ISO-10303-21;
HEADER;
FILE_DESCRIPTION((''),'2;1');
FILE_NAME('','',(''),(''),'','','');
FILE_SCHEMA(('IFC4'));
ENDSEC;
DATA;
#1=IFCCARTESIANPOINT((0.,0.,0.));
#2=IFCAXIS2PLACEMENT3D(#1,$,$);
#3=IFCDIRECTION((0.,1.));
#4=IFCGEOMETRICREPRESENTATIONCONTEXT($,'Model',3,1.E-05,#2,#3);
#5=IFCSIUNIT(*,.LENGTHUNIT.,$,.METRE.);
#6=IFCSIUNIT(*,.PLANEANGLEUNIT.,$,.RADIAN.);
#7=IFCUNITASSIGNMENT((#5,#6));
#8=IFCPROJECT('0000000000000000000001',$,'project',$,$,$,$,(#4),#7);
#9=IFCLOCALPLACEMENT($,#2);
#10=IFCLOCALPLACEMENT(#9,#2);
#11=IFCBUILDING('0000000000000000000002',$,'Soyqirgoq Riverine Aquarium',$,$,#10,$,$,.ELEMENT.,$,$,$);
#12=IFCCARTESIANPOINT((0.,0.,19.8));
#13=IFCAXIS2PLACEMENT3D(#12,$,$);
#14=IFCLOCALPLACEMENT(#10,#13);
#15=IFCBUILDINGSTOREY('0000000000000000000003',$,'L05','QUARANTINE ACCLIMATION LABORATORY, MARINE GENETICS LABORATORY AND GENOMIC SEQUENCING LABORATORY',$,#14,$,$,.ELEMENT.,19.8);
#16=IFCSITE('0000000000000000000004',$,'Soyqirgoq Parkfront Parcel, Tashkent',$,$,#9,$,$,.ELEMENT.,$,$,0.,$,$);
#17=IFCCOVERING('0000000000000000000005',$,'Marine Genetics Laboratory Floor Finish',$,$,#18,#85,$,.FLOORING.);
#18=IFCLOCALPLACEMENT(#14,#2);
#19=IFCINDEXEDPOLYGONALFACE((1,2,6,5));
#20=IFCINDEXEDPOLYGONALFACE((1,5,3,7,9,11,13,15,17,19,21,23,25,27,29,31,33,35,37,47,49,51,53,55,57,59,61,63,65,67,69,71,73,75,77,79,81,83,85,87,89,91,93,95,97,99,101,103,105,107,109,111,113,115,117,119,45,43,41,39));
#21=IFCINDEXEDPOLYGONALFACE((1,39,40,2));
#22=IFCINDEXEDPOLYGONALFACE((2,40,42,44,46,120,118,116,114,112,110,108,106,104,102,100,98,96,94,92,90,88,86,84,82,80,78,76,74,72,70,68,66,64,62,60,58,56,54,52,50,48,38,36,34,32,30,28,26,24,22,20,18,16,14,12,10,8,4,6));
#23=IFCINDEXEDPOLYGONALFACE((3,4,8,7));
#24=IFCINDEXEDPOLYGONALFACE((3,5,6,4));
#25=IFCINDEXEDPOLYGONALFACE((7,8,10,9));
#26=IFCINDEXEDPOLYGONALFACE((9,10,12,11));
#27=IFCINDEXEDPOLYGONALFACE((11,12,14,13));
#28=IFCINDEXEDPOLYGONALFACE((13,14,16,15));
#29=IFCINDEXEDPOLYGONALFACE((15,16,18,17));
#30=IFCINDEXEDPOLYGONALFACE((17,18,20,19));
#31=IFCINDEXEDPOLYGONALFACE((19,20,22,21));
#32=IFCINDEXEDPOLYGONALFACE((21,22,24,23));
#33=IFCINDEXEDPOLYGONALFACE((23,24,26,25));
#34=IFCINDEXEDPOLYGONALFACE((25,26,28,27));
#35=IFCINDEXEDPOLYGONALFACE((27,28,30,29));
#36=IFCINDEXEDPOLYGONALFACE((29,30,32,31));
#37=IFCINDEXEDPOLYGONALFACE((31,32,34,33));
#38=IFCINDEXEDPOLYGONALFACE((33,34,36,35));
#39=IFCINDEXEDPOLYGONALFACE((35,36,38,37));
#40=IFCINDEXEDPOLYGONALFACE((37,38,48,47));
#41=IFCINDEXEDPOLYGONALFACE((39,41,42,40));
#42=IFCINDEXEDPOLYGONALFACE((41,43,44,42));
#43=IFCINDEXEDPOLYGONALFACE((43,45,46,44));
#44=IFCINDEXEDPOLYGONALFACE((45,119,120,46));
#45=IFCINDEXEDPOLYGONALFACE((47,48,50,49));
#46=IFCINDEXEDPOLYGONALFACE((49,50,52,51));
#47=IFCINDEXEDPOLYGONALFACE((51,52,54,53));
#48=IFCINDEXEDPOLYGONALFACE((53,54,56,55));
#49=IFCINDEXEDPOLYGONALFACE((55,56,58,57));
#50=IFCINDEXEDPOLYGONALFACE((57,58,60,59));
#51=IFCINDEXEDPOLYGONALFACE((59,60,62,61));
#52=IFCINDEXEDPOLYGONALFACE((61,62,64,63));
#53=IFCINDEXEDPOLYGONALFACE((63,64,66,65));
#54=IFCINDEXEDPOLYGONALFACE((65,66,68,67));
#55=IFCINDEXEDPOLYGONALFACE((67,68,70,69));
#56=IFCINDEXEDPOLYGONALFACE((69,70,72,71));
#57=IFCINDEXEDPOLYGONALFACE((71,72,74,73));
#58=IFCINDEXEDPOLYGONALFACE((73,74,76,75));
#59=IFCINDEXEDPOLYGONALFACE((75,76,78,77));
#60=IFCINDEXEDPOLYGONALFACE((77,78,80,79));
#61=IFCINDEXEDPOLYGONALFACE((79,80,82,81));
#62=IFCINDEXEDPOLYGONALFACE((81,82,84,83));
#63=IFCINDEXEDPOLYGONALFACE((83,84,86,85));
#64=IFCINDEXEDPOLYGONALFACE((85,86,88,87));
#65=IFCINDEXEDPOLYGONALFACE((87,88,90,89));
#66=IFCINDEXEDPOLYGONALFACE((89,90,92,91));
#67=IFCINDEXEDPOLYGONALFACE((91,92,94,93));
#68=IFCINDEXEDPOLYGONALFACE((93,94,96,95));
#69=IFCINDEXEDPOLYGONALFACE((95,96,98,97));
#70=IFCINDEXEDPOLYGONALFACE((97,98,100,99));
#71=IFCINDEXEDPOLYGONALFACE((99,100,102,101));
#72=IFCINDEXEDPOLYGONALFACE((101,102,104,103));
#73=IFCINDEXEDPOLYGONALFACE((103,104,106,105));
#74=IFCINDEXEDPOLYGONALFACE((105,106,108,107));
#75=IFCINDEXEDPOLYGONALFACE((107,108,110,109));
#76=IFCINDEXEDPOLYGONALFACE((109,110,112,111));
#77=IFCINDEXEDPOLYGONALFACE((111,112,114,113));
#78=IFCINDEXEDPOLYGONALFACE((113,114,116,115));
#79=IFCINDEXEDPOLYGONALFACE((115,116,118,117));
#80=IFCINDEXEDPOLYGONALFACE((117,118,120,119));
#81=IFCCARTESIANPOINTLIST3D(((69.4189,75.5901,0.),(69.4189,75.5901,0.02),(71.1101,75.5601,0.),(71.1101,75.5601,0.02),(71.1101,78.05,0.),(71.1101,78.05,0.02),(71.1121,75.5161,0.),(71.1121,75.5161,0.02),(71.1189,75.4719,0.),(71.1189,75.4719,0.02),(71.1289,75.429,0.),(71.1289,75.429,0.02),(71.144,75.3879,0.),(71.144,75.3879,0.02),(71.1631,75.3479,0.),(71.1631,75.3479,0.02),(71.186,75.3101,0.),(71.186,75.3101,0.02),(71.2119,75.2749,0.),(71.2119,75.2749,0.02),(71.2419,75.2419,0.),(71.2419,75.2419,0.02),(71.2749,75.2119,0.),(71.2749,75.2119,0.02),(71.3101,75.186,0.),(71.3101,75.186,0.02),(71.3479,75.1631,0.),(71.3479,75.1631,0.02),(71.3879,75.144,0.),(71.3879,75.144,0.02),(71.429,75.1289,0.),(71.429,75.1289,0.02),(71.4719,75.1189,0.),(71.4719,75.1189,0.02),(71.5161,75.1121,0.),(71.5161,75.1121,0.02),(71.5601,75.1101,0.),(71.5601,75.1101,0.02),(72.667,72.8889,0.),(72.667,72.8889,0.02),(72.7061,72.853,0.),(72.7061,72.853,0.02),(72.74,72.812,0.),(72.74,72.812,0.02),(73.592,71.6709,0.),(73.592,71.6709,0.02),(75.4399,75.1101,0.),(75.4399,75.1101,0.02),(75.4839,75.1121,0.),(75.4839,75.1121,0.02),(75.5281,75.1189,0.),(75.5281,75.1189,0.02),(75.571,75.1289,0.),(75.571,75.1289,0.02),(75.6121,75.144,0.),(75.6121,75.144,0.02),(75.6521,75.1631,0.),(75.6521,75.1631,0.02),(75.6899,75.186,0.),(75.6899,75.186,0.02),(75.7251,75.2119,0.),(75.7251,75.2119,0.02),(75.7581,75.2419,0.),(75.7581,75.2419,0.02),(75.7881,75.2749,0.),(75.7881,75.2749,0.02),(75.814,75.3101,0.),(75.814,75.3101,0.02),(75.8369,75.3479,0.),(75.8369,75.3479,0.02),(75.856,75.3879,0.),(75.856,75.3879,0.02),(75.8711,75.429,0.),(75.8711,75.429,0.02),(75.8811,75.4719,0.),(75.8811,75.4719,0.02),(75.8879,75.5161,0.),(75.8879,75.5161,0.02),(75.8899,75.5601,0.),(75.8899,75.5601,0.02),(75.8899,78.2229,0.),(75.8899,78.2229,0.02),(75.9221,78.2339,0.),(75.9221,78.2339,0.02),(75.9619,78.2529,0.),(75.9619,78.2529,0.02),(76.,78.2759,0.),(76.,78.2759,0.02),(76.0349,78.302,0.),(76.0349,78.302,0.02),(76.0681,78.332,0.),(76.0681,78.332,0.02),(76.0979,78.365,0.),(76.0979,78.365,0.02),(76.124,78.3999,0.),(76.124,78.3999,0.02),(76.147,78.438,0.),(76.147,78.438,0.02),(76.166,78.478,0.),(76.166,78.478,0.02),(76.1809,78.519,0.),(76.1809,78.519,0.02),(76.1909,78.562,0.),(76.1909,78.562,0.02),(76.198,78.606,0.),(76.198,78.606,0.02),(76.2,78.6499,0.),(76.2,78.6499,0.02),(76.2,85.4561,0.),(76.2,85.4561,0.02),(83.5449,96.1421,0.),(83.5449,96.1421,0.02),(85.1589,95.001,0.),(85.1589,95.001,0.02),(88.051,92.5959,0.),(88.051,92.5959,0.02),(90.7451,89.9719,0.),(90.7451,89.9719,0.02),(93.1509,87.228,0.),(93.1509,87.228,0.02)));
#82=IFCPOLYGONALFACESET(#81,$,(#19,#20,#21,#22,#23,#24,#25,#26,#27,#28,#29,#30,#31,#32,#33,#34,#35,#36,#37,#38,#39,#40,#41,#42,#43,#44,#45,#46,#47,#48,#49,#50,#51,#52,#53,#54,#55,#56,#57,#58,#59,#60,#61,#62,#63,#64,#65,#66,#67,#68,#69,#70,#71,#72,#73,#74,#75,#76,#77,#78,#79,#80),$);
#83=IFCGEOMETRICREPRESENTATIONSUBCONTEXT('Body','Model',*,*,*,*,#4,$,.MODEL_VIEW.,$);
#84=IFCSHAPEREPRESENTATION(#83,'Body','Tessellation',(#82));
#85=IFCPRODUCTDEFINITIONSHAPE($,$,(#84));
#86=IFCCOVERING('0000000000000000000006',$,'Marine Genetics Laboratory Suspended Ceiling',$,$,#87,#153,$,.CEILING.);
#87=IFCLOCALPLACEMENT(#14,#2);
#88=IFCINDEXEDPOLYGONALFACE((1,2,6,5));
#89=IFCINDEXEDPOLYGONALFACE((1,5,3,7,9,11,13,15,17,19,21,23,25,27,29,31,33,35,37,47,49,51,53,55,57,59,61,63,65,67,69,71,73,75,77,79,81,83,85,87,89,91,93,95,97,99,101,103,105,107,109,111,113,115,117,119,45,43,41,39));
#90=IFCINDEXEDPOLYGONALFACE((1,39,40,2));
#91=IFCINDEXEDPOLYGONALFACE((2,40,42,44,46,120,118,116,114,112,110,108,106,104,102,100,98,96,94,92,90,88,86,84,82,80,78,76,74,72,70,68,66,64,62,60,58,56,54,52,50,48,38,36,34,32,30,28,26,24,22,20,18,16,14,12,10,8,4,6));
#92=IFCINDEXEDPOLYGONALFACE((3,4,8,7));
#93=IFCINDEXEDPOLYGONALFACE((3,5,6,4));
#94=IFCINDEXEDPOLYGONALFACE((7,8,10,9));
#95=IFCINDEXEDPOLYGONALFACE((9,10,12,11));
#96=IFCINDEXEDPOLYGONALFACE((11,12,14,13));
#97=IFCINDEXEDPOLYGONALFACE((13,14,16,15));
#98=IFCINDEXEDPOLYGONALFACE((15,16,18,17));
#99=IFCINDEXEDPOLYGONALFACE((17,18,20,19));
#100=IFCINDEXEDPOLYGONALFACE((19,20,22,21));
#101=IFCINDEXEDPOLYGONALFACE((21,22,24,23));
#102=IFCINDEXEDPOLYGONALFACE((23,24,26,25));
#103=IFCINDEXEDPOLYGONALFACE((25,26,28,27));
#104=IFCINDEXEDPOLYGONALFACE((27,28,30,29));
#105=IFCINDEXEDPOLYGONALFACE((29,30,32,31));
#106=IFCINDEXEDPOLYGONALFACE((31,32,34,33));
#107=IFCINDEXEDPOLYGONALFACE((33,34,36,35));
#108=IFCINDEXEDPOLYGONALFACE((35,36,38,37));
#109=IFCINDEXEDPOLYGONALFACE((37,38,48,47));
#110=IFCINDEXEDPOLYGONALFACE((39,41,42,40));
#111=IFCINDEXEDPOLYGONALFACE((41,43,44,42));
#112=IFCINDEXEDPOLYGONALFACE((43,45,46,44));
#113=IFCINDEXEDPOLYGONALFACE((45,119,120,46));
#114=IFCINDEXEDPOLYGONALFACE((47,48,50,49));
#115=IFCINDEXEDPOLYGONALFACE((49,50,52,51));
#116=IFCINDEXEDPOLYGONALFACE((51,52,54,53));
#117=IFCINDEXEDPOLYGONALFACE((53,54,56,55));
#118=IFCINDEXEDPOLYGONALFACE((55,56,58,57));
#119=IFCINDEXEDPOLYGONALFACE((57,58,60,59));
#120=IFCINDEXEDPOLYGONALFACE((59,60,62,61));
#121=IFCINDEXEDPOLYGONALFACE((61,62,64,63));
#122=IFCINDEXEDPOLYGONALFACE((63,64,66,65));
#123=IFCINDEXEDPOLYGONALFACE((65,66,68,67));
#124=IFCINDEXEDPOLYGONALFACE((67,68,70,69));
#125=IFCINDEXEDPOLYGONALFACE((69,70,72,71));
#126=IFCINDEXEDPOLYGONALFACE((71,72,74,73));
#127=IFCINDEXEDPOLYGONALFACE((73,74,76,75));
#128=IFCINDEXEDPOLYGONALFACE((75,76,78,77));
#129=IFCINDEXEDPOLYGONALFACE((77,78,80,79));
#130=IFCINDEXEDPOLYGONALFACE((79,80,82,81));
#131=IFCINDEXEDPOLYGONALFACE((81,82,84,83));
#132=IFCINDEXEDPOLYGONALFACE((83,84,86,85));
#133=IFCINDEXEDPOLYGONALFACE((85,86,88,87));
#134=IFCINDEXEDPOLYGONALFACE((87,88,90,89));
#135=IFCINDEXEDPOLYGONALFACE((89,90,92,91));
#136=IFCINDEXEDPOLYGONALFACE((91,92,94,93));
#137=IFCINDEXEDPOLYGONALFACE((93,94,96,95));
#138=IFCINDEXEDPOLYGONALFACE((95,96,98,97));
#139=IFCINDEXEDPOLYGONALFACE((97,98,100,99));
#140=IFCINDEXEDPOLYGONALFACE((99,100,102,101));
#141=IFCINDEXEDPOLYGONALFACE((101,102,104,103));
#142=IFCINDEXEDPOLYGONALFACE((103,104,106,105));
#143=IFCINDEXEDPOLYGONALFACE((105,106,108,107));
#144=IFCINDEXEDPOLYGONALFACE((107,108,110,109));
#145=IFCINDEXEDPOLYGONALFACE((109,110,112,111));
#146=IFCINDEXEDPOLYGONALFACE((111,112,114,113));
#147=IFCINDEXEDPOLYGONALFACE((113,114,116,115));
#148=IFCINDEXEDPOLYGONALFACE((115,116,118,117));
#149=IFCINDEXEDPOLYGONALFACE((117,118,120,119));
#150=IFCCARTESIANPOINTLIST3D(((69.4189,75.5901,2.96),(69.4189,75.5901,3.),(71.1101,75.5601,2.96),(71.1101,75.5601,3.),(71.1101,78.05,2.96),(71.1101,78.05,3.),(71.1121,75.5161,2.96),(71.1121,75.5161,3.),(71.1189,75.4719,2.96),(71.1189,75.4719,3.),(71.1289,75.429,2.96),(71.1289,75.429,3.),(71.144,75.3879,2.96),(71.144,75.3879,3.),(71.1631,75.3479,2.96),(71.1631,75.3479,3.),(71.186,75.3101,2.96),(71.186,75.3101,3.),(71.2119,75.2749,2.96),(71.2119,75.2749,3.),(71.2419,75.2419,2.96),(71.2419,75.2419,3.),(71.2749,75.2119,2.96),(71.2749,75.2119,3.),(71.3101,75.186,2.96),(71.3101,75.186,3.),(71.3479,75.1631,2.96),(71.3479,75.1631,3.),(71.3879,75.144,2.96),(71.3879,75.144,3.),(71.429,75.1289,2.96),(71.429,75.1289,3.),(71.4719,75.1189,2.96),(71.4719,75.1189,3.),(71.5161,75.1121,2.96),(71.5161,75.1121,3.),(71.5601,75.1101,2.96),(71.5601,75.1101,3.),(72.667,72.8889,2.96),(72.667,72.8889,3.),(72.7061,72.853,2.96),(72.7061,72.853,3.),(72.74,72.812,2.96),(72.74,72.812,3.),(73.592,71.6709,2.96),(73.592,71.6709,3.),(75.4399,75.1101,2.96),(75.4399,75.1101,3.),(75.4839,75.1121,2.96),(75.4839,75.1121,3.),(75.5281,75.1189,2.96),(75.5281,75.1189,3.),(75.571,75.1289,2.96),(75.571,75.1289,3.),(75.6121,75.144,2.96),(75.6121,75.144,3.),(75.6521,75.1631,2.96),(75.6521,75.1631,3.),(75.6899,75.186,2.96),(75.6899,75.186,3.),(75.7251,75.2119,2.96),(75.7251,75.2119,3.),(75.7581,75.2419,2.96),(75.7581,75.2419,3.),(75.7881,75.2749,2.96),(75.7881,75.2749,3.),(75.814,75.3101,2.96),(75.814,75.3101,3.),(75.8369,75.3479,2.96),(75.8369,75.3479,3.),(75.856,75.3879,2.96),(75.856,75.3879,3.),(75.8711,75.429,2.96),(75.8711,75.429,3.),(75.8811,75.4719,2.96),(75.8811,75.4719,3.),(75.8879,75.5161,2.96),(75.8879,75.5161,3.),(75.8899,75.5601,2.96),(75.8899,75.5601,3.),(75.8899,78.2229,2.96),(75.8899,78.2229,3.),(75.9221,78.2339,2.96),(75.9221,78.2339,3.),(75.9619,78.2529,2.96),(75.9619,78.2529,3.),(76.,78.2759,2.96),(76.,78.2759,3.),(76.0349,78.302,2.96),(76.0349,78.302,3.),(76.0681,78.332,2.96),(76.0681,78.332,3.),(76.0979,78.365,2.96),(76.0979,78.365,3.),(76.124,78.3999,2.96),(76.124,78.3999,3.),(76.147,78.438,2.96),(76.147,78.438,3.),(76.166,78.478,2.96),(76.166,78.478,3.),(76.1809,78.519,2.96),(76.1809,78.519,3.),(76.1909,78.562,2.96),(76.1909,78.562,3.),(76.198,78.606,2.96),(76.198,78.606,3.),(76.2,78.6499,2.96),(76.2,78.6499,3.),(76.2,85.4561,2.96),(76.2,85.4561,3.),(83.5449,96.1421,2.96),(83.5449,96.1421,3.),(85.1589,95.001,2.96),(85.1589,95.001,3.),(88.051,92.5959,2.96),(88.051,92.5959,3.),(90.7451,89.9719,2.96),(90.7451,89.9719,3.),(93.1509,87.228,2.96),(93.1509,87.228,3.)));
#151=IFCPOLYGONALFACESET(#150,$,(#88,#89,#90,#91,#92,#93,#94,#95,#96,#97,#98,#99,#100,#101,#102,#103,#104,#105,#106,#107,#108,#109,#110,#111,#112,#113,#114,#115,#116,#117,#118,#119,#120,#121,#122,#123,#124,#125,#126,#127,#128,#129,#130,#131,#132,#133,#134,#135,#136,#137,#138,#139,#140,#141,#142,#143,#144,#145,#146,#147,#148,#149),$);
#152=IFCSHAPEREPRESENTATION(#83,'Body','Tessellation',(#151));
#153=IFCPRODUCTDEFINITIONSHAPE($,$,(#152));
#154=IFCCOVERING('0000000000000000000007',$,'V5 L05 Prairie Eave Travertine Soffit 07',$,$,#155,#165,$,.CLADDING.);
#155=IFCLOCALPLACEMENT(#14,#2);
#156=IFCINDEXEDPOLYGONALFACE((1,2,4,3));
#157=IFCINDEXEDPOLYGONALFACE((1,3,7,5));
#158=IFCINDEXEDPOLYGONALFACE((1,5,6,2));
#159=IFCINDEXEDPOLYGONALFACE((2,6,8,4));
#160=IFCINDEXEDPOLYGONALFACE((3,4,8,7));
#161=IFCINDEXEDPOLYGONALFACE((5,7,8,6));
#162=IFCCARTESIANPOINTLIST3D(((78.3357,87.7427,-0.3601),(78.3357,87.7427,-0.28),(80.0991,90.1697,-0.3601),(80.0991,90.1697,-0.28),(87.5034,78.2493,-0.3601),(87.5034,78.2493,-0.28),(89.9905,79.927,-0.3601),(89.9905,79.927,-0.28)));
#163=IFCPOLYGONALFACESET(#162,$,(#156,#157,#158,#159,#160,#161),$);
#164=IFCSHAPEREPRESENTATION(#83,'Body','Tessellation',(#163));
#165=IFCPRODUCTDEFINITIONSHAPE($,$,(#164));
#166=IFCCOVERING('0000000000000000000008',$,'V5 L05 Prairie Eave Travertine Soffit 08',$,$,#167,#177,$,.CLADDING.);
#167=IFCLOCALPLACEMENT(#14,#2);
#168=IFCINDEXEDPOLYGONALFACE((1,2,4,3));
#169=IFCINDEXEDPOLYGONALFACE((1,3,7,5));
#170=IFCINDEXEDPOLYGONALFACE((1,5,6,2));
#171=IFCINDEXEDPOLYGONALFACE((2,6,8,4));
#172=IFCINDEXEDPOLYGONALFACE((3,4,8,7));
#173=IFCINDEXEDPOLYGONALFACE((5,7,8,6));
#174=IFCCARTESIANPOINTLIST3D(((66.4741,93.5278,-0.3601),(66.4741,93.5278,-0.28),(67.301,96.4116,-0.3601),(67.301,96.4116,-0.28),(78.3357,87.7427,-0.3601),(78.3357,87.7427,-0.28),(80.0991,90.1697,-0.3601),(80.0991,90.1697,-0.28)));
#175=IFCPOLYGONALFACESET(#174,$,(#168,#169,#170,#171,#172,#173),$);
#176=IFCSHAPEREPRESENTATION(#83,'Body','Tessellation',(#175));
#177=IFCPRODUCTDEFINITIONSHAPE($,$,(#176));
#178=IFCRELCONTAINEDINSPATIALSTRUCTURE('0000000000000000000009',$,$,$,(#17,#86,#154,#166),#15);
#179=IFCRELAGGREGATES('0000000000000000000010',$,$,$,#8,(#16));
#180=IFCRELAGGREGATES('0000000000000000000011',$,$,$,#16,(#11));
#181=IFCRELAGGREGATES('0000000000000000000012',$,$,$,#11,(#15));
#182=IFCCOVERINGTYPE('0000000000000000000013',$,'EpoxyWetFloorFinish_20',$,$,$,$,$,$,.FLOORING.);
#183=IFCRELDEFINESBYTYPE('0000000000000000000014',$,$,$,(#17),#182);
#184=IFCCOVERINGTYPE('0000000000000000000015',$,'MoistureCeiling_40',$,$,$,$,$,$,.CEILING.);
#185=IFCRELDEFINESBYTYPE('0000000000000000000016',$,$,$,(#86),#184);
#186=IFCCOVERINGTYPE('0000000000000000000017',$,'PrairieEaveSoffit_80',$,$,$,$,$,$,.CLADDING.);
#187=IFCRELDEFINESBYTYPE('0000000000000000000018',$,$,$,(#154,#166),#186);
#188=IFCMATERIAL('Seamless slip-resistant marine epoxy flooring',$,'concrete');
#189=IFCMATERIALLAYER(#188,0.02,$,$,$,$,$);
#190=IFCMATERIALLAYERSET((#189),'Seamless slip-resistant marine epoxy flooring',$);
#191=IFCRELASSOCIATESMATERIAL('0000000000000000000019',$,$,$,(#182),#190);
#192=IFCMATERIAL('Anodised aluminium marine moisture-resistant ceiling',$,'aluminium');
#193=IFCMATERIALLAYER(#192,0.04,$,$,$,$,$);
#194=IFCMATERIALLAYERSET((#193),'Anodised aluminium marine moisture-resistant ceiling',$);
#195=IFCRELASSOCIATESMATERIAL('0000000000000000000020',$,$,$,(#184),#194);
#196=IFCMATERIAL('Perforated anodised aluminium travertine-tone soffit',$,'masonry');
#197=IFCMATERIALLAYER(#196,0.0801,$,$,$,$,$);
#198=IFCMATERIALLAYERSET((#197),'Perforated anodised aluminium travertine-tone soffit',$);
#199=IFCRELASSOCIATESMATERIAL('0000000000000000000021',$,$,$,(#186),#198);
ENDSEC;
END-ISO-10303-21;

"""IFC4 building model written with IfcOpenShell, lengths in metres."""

from ifc_helpers import new_model, si_unit, direction, frame, origin, place, context, subcontext, project, spatial, polyline, outline, extrude, material, layer, layer_set, type_object, element, save


model = new_model("IFC4")

# Units and contexts
model_context = context("Model", 3, precision=1e-05, world=origin(), true_north=direction((0.0, 1.0)))
body_context = subcontext(model_context, "Body", "Model", "MODEL_VIEW")
ifc_project = project(units=[si_unit("LENGTHUNIT", "METRE"), si_unit("PLANEANGLEUNIT", "RADIAN")], contexts=[model_context])

# Site, building, storey
site_placement = place(None, origin())
site = spatial("IfcSite", under=ifc_project, at=site_placement, Name="Soyqirgoq Parkfront Parcel, Tashkent", CompositionType="ELEMENT", RefElevation=0.0)
building_placement = place(site_placement, origin())
building = spatial("IfcBuilding", under=site, at=building_placement, Name="Soyqirgoq Riverine Aquarium", CompositionType="ELEMENT")
storey_placement = place(building_placement, frame((0.0, 0.0, 19.8)))
storey = spatial("IfcBuildingStorey", under=building, at=storey_placement, Name="L05", Description="QUARANTINE ACCLIMATION LABORATORY, MARINE GENETICS LABORATORY AND GENOMIC SEQUENCING LABORATORY", CompositionType="ELEMENT", Elevation=19.8)

# Coverings
ifc_material_1 = material(Name="Seamless slip-resistant marine epoxy flooring", Category="concrete")
ifc_layer_1 = layer(ifc_material_1, 0.02)
ifc_layer_set_1 = layer_set([ifc_layer_1], Name="Seamless slip-resistant marine epoxy flooring")
covering_type_1 = type_object("IfcCoveringType", Name="EpoxyWetFloorFinish_20", PredefinedType="FLOORING", material=ifc_layer_set_1)
covering_1_placement = place(storey_placement, origin())
element("IfcCovering", 1, at=covering_1_placement, inside=storey, type_object=covering_type_1, Name="Marine Genetics Laboratory Floor Finish", PredefinedType="FLOORING", context=body_context, shape_type="SweptSolid", body=[
    extrude(outline(polyline([(71.1101, 75.5601), (71.1121, 75.5161), (71.1189, 75.4719), (71.1289, 75.429), (71.144, 75.3879), (71.1631, 75.3479), (71.186, 75.3101), (71.2119, 75.2749), (71.2419, 75.2419), (71.2749, 75.2119), (71.3101, 75.186), (71.3479, 75.1631), (71.3879, 75.144), (71.429, 75.1289), (71.4719, 75.1189), (71.5161, 75.1121), (71.5601, 75.1101), (75.4399, 75.1101), (75.4839, 75.1121), (75.5281, 75.1189), (75.571, 75.1289), (75.6121, 75.144), (75.6521, 75.1631), (75.6899, 75.186), (75.7251, 75.2119), (75.7581, 75.2419), (75.7881, 75.2749), (75.814, 75.3101), (75.8369, 75.3479), (75.856, 75.3879), (75.8711, 75.429), (75.8811, 75.4719), (75.8879, 75.5161), (75.8899, 75.5601), (75.8899, 78.2229), (75.9221, 78.2339), (75.9619, 78.2529), (76.0, 78.2759), (76.0349, 78.302), (76.0681, 78.332), (76.0979, 78.365), (76.124, 78.3999), (76.147, 78.438), (76.166, 78.478), (76.1809, 78.519), (76.1909, 78.562), (76.198, 78.606), (76.2, 78.6499), (76.2, 85.4561), (83.5449, 96.1421), (85.1589, 95.001), (88.051, 92.5959), (90.7451, 89.9719), (93.1509, 87.228), (73.592, 71.6709), (72.74, 72.812), (72.7061, 72.853), (72.667, 72.8889), (69.4189, 75.5901), (71.1101, 78.05), (71.1101, 75.5601)])), origin(), (0.0, 0.0, 1.0), 0.02),
])
ifc_material_2 = material(Name="Anodised aluminium marine moisture-resistant ceiling", Category="aluminium")
ifc_layer_2 = layer(ifc_material_2, 0.04)
ifc_layer_set_2 = layer_set([ifc_layer_2], Name="Anodised aluminium marine moisture-resistant ceiling")
covering_type_2 = type_object("IfcCoveringType", Name="MoistureCeiling_40", PredefinedType="CEILING", material=ifc_layer_set_2)
covering_2_placement = place(storey_placement, frame((0.0, 0.0, 2.96)))
element("IfcCovering", 2, at=covering_2_placement, inside=storey, type_object=covering_type_2, Name="Marine Genetics Laboratory Suspended Ceiling", PredefinedType="CEILING", context=body_context, shape_type="SweptSolid", body=[
    extrude(outline(polyline([(71.1101, 75.5601), (71.1121, 75.5161), (71.1189, 75.4719), (71.1289, 75.429), (71.144, 75.3879), (71.1631, 75.3479), (71.186, 75.3101), (71.2119, 75.2749), (71.2419, 75.2419), (71.2749, 75.2119), (71.3101, 75.186), (71.3479, 75.1631), (71.3879, 75.144), (71.429, 75.1289), (71.4719, 75.1189), (71.5161, 75.1121), (71.5601, 75.1101), (75.4399, 75.1101), (75.4839, 75.1121), (75.5281, 75.1189), (75.571, 75.1289), (75.6121, 75.144), (75.6521, 75.1631), (75.6899, 75.186), (75.7251, 75.2119), (75.7581, 75.2419), (75.7881, 75.2749), (75.814, 75.3101), (75.8369, 75.3479), (75.856, 75.3879), (75.8711, 75.429), (75.8811, 75.4719), (75.8879, 75.5161), (75.8899, 75.5601), (75.8899, 78.2229), (75.9221, 78.2339), (75.9619, 78.2529), (76.0, 78.2759), (76.0349, 78.302), (76.0681, 78.332), (76.0979, 78.365), (76.124, 78.3999), (76.147, 78.438), (76.166, 78.478), (76.1809, 78.519), (76.1909, 78.562), (76.198, 78.606), (76.2, 78.6499), (76.2, 85.4561), (83.5449, 96.1421), (85.1589, 95.001), (88.051, 92.5959), (90.7451, 89.9719), (93.1509, 87.228), (73.592, 71.6709), (72.74, 72.812), (72.7061, 72.853), (72.667, 72.8889), (69.4189, 75.5901), (71.1101, 78.05), (71.1101, 75.5601)])), origin(), (0.0, 0.0, 1.0), 0.04),
])
ifc_material_3 = material(Name="Perforated anodised aluminium travertine-tone soffit", Category="masonry")
ifc_layer_3 = layer(ifc_material_3, 0.0801)
ifc_layer_set_3 = layer_set([ifc_layer_3], Name="Perforated anodised aluminium travertine-tone soffit")
covering_type_3 = type_object("IfcCoveringType", Name="PrairieEaveSoffit_80", PredefinedType="CLADDING", material=ifc_layer_set_3)
covering_3_placement = place(storey_placement, frame((0.0, 0.0, -0.3601)))
element("IfcCovering", 3, at=covering_3_placement, inside=storey, type_object=covering_type_3, Name="V5 L05 Prairie Eave Travertine Soffit 07", PredefinedType="CLADDING", context=body_context, shape_type="SweptSolid", body=[
    extrude(outline(polyline([(87.5034, 78.2493), (89.9905, 79.927), (80.0991, 90.1697), (78.3357, 87.7427), (87.5034, 78.2493)])), origin(), (0.0, 0.0, 1.0), 0.0801),
])
covering_4_placement = place(storey_placement, frame((0.0, 0.0, -0.3601)))
element("IfcCovering", 4, at=covering_4_placement, inside=storey, type_object=covering_type_3, Name="V5 L05 Prairie Eave Travertine Soffit 08", PredefinedType="CLADDING", context=body_context, shape_type="SweptSolid", body=[
    extrude(outline(polyline([(78.3357, 87.7427), (80.0991, 90.1697), (67.301, 96.4116), (66.4741, 93.5278), (78.3357, 87.7427)])), origin(), (0.0, 0.0, 1.0), 0.0801),
])

save(model, "model.ifc")
